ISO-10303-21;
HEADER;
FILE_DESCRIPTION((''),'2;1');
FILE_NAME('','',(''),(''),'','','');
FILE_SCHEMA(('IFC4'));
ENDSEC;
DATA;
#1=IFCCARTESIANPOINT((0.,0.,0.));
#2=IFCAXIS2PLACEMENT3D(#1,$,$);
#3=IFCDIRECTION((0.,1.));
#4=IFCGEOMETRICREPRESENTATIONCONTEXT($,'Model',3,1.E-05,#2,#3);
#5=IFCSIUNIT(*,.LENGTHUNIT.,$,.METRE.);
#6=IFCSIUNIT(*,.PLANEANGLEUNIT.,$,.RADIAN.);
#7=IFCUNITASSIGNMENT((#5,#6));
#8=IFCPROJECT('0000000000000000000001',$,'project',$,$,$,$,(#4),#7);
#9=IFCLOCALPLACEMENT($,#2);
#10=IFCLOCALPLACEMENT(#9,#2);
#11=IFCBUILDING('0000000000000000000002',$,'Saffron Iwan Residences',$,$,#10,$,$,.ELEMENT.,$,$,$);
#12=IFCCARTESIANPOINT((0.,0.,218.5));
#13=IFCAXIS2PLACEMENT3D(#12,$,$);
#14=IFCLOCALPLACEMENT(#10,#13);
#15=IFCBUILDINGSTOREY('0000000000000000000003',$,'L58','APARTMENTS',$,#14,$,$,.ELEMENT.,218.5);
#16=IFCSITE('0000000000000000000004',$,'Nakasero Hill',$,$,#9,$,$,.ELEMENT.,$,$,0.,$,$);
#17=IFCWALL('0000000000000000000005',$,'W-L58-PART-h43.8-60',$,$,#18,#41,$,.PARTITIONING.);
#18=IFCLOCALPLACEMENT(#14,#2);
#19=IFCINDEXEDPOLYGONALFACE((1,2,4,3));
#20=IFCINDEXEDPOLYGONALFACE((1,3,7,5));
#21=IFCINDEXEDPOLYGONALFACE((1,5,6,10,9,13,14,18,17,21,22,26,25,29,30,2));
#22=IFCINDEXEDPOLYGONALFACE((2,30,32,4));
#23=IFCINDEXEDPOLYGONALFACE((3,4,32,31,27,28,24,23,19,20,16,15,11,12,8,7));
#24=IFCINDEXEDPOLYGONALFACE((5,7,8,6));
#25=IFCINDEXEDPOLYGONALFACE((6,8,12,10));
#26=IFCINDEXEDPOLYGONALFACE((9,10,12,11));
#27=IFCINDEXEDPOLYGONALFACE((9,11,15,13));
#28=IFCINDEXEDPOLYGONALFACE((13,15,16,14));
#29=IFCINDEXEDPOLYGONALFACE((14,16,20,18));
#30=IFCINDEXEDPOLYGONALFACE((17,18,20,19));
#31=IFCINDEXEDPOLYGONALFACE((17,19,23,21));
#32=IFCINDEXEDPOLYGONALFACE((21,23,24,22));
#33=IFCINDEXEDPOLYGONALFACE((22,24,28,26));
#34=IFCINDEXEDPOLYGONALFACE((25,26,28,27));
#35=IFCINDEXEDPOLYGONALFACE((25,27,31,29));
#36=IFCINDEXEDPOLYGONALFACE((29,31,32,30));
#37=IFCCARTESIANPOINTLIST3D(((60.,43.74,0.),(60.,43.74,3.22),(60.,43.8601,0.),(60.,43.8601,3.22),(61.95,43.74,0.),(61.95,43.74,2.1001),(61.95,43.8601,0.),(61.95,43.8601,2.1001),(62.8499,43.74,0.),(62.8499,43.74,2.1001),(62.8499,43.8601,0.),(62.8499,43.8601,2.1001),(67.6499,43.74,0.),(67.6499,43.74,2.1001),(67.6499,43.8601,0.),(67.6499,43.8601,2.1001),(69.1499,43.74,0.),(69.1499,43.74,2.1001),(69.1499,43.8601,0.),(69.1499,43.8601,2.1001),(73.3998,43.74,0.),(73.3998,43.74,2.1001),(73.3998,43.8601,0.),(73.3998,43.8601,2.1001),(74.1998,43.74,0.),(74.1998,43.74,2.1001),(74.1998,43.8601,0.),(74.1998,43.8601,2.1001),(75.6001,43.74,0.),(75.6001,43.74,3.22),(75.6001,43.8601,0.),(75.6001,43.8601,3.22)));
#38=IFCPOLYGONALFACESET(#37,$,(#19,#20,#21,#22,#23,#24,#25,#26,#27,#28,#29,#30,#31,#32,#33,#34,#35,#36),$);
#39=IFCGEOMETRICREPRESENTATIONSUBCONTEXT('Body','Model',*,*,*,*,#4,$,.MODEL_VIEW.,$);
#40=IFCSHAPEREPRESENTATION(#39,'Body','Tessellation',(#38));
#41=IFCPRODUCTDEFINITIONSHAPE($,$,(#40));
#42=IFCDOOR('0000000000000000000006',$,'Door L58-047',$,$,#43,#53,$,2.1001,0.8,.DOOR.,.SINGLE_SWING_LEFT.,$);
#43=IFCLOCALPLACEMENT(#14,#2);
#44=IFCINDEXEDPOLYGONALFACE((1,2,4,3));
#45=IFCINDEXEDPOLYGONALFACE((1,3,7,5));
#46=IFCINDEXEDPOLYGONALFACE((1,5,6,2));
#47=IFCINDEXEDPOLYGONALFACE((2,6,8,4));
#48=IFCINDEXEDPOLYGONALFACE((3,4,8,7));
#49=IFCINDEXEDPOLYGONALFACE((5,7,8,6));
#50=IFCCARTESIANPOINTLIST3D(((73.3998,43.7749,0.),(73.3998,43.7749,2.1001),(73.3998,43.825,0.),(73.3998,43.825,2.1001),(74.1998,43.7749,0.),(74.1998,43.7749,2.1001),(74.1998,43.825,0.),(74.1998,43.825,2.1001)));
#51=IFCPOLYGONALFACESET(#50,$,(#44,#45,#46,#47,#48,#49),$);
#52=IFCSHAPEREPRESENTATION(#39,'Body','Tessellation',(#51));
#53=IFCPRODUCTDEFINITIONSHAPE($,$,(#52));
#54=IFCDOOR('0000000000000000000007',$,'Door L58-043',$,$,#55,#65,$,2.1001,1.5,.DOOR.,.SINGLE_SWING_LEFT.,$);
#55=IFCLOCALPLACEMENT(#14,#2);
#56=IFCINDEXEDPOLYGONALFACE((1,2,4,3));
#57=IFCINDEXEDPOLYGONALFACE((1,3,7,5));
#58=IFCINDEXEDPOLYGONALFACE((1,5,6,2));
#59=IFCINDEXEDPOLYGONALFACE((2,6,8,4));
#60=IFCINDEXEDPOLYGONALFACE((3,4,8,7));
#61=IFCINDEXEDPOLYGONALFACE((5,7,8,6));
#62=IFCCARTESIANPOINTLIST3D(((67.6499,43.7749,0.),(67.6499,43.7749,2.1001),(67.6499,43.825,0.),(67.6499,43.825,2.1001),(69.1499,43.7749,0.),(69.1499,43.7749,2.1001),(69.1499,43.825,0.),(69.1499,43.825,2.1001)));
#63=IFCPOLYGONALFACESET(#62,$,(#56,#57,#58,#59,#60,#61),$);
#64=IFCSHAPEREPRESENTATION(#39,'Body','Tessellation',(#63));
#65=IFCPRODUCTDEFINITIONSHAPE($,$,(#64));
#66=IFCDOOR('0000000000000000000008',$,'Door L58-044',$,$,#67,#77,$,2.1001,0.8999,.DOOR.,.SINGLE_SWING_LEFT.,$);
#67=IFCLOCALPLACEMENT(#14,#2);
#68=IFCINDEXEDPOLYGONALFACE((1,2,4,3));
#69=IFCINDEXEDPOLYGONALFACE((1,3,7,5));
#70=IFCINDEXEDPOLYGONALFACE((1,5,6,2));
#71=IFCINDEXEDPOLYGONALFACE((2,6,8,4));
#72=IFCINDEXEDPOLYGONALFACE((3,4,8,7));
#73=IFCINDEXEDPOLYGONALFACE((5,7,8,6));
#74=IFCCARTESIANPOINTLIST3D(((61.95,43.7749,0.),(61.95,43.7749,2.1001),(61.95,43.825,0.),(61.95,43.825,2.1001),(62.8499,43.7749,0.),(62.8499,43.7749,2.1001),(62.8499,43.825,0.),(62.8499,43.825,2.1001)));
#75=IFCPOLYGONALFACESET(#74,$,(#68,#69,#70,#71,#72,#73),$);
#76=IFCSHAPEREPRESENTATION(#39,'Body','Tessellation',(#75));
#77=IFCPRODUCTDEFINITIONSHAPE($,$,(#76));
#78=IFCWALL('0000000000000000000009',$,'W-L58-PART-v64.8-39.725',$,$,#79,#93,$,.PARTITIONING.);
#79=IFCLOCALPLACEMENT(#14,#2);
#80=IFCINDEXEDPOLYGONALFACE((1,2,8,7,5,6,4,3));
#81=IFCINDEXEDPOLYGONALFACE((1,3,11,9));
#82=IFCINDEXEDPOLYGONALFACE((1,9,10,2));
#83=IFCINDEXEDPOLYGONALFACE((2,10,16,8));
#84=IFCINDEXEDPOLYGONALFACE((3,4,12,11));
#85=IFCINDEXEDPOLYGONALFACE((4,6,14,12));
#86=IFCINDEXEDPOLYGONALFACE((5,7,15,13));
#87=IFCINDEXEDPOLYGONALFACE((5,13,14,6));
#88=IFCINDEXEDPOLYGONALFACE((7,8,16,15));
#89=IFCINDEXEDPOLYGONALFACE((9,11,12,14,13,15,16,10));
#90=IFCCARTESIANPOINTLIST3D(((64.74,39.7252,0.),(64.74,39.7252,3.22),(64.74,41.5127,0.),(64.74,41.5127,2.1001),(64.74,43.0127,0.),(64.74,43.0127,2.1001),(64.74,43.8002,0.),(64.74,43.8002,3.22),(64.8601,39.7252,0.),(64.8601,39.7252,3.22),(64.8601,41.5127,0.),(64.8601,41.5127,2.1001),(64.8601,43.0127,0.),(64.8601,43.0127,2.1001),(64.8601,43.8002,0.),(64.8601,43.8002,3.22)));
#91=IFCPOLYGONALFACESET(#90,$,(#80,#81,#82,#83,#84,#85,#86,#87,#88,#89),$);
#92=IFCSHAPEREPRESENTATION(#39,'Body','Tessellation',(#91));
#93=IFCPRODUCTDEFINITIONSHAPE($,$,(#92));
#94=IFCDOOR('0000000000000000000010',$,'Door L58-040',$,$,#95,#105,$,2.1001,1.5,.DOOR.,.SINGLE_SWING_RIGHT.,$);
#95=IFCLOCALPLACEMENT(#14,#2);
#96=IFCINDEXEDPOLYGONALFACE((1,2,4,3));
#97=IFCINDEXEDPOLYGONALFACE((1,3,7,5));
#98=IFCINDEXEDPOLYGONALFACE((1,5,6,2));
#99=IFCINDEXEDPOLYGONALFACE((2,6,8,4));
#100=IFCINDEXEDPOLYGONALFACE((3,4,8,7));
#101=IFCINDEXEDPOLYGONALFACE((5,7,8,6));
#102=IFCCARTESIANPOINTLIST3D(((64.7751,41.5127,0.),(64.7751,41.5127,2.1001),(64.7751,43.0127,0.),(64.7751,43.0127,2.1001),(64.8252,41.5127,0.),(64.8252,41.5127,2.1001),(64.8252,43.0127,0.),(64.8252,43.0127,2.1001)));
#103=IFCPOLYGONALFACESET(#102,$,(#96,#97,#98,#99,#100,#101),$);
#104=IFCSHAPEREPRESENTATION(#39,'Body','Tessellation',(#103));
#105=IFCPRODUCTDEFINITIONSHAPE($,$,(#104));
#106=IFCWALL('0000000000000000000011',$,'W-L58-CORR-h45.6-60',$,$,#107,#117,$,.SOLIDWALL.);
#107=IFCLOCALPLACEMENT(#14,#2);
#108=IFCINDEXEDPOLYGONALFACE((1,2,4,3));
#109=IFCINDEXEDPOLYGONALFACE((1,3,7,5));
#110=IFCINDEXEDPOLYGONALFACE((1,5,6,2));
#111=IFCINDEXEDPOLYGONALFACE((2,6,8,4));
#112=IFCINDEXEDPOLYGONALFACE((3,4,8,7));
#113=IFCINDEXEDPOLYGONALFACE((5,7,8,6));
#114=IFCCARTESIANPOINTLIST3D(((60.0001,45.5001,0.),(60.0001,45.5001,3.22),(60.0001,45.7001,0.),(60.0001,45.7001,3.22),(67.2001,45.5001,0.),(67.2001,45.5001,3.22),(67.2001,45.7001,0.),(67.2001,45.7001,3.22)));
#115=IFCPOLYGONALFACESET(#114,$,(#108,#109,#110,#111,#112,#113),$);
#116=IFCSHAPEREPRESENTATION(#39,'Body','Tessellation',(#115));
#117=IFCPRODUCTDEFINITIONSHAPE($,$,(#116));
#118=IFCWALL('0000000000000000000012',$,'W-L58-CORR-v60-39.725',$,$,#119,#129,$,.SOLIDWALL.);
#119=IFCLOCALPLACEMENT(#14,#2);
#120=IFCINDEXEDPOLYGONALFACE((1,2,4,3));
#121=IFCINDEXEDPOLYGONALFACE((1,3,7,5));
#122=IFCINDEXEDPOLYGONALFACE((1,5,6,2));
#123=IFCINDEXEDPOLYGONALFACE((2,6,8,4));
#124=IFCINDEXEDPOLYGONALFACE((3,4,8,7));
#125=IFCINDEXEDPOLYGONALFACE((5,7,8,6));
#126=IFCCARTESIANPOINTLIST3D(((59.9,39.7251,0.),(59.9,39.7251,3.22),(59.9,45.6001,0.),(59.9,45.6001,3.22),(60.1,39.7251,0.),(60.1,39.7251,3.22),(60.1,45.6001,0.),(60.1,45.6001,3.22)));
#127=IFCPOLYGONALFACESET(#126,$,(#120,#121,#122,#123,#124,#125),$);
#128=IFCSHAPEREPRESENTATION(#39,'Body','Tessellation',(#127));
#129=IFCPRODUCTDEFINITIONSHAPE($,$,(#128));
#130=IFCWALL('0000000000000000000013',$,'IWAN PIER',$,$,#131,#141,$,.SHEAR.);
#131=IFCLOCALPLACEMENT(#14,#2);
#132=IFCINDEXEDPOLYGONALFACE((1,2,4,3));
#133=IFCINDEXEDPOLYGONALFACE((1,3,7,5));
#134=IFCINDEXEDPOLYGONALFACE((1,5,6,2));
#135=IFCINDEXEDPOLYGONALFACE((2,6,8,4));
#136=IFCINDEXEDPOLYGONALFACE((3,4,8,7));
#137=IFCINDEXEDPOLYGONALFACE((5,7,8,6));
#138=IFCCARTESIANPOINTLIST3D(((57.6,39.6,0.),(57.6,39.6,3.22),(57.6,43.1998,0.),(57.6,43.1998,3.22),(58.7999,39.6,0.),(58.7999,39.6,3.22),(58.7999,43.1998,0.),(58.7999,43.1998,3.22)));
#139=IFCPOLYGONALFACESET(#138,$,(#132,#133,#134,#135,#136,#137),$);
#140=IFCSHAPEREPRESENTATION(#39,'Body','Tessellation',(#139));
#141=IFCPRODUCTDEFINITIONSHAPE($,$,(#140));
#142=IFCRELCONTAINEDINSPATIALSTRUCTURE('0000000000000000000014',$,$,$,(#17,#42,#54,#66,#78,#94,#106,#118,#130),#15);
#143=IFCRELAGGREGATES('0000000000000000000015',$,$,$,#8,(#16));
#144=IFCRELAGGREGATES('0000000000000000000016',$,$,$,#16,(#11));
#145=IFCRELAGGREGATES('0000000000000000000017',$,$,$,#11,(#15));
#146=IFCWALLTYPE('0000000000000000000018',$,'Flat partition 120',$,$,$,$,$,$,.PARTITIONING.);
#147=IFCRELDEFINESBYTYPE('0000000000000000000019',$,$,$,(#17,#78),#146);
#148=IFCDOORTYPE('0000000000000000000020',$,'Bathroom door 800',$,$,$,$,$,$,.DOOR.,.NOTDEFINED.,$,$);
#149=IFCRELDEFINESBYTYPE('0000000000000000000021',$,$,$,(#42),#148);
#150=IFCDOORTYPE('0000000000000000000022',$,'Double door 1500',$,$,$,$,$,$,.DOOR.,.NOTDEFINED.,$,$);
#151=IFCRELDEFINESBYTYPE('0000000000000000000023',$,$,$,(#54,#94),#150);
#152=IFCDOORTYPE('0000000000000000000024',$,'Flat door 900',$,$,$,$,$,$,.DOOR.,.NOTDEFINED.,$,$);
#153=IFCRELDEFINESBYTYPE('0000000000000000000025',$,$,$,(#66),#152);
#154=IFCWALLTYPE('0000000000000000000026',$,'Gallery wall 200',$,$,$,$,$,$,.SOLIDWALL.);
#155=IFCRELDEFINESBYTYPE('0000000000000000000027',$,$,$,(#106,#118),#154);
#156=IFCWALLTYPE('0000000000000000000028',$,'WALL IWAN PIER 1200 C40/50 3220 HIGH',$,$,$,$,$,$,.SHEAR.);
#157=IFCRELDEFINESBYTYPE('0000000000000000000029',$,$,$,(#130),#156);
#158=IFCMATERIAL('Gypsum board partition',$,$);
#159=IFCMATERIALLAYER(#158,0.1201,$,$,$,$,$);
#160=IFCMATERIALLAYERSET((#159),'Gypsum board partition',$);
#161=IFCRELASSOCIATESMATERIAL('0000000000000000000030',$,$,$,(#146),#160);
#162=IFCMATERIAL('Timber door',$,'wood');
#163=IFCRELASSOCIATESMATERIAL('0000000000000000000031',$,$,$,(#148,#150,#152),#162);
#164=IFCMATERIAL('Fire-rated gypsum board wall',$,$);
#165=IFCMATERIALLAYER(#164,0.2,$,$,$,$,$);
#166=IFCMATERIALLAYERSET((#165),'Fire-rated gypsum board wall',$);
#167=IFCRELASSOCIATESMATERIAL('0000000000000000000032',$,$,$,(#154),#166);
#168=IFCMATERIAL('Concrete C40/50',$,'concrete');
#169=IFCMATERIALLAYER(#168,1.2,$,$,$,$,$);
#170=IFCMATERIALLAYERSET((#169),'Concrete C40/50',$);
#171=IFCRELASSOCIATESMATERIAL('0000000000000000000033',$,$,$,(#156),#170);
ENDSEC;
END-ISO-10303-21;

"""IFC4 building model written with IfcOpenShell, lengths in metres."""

from ifc_helpers import new_model, si_unit, direction, frame, frame_2d, origin, place, context, subcontext, project, spatial, rectangle, extrude, material, layer, layer_set, type_object, element, fill, save


model = new_model("IFC4")

# Units and contexts
model_context = context("Model", 3, precision=1e-05, world=origin(), true_north=direction((0.0, 1.0)))
body_context = subcontext(model_context, "Body", "Model", "MODEL_VIEW")
ifc_project = project(units=[si_unit("LENGTHUNIT", "METRE"), si_unit("PLANEANGLEUNIT", "RADIAN")], contexts=[model_context])

# Site, building, storey
site_placement = place(None, origin())
site = spatial("IfcSite", under=ifc_project, at=site_placement, Name="Nakasero Hill", CompositionType="ELEMENT", RefElevation=0.0)
building_placement = place(site_placement, origin())
building = spatial("IfcBuilding", under=site, at=building_placement, Name="Saffron Iwan Residences", CompositionType="ELEMENT")
storey_placement = place(building_placement, frame((0.0, 0.0, 218.5)))
storey = spatial("IfcBuildingStorey", under=building, at=storey_placement, Name="L58", Description="APARTMENTS", CompositionType="ELEMENT", Elevation=218.5)

# Shared definitions
ifc_material_1 = material(Name="Concrete C40/50", Category="concrete")

# Wall, openings, doors
ifc_material_2 = material(Name="Gypsum board partition")
ifc_layer_1 = layer(ifc_material_2, 0.1201)
ifc_layer_set_1 = layer_set([ifc_layer_1], Name="Gypsum board partition")
wall_type_1 = type_object("IfcWallType", Name="Flat partition 120", PredefinedType="PARTITIONING", material=ifc_layer_set_1)
wall_1_placement = place(storey_placement, frame((60.0, 43.8, 0.0), z_axis=(0.0, 0.0, 1.0), x_axis=(1.0, 0.0, 0.0)))
wall_1 = element("IfcWall", 1, at=wall_1_placement, inside=storey, type_object=wall_type_1, Name="W-L58-PART-h43.8-60", PredefinedType="PARTITIONING", context=body_context, shape_type="SweptSolid", body=[
    extrude(rectangle(XDim=15.6001, YDim=0.1201, at=frame_2d((7.8, 0.0))), origin(), (0.0, 0.0, 1.0), 3.22),
])
opening_1_placement = place(wall_1_placement, frame((7.6499, 0.0, 0.0)))
opening_1 = element("IfcOpeningElement", 2, at=opening_1_placement, cuts=wall_1, PredefinedType="OPENING", context=body_context, shape_type="SweptSolid", body=[
    extrude(rectangle(XDim=1.5, YDim=2.1001, at=frame_2d((0.75, 1.05))), frame((0.0, 0.0701, 0.0), z_axis=(0.0, -1.0, 0.0), x_axis=(1.0, 0.0, 0.0)), (0.0, 0.0, 1.0), 0.1401),
])
opening_2_placement = place(wall_1_placement, frame((1.95, 0.0, 0.0)))
opening_2 = element("IfcOpeningElement", 3, at=opening_2_placement, cuts=wall_1, PredefinedType="OPENING", context=body_context, shape_type="SweptSolid", body=[
    extrude(rectangle(XDim=0.8999, YDim=2.1001, at=frame_2d((0.45, 1.05))), frame((0.0, 0.0701, 0.0), z_axis=(0.0, -1.0, 0.0), x_axis=(1.0, 0.0, 0.0)), (0.0, 0.0, 1.0), 0.1401),
])
opening_3_placement = place(wall_1_placement, frame((13.3999, 0.0, 0.0)))
opening_3 = element("IfcOpeningElement", 4, at=opening_3_placement, cuts=wall_1, PredefinedType="OPENING", context=body_context, shape_type="SweptSolid", body=[
    extrude(rectangle(XDim=0.8, YDim=2.1001, at=frame_2d((0.3999, 1.05))), frame((0.0, 0.0701, 0.0), z_axis=(0.0, -1.0, 0.0), x_axis=(1.0, 0.0, 0.0)), (0.0, 0.0, 1.0), 0.1401),
])
ifc_material_3 = material(Name="Timber door", Category="wood")
door_type_1 = type_object("IfcDoorType", Name="Bathroom door 800", OperationType="NOTDEFINED", PredefinedType="DOOR", material=ifc_material_3)
door_1_placement = place(opening_3_placement, origin())
door_1 = element("IfcDoor", 5, at=door_1_placement, inside=storey, type_object=door_type_1, Name="Door L58-047", OperationType="SINGLE_SWING_LEFT", OverallHeight=2.1001, OverallWidth=0.8, PredefinedType="DOOR", context=body_context, shape_type="SweptSolid", body=[
    extrude(rectangle(XDim=0.8, YDim=2.1001, at=frame_2d((0.3999, 1.05))), frame((0.0, 0.0249, 0.0), z_axis=(0.0, -1.0, 0.0), x_axis=(1.0, 0.0, 0.0)), (0.0, 0.0, 1.0), 0.05),
])
fill(opening_3, door_1)
door_type_2 = type_object("IfcDoorType", Name="Double door 1500", OperationType="NOTDEFINED", PredefinedType="DOOR", material=ifc_material_3)
door_2_placement = place(opening_1_placement, origin())
door_2 = element("IfcDoor", 6, at=door_2_placement, inside=storey, type_object=door_type_2, Name="Door L58-043", OperationType="SINGLE_SWING_LEFT", OverallHeight=2.1001, OverallWidth=1.5, PredefinedType="DOOR", context=body_context, shape_type="SweptSolid", body=[
    extrude(rectangle(XDim=1.5, YDim=2.1001, at=frame_2d((0.75, 1.05))), frame((0.0, 0.0249, 0.0), z_axis=(0.0, -1.0, 0.0), x_axis=(1.0, 0.0, 0.0)), (0.0, 0.0, 1.0), 0.05),
])
fill(opening_1, door_2)
door_type_3 = type_object("IfcDoorType", Name="Flat door 900", OperationType="NOTDEFINED", PredefinedType="DOOR", material=ifc_material_3)
door_3_placement = place(opening_2_placement, origin())
door_3 = element("IfcDoor", 7, at=door_3_placement, inside=storey, type_object=door_type_3, Name="Door L58-044", OperationType="SINGLE_SWING_LEFT", OverallHeight=2.1001, OverallWidth=0.8999, PredefinedType="DOOR", context=body_context, shape_type="SweptSolid", body=[
    extrude(rectangle(XDim=0.8999, YDim=2.1001, at=frame_2d((0.45, 1.05))), frame((0.0, 0.0249, 0.0), z_axis=(0.0, -1.0, 0.0), x_axis=(1.0, 0.0, 0.0)), (0.0, 0.0, 1.0), 0.05),
])
fill(opening_2, door_3)

# Wall, opening, door
wall_2_placement = place(storey_placement, frame((64.8, 39.7251, 0.0), z_axis=(0.0, 0.0, 1.0), x_axis=(0.0, 1.0, 0.0)))
wall_2 = element("IfcWall", 8, at=wall_2_placement, inside=storey, type_object=wall_type_1, Name="W-L58-PART-v64.8-39.725", PredefinedType="PARTITIONING", context=body_context, shape_type="SweptSolid", body=[
    extrude(rectangle(XDim=4.075, YDim=0.1201, at=frame_2d((2.0376, 0.0))), origin(), (0.0, 0.0, 1.0), 3.22),
])
opening_4_placement = place(wall_2_placement, frame((1.7876, 0.0, 0.0)))
opening_4 = element("IfcOpeningElement", 9, at=opening_4_placement, cuts=wall_2, PredefinedType="OPENING", context=body_context, shape_type="SweptSolid", body=[
    extrude(rectangle(XDim=1.5, YDim=2.1001, at=frame_2d((0.75, 1.05))), frame((0.0, 0.0701, 0.0), z_axis=(0.0, -1.0, 0.0), x_axis=(1.0, 0.0, 0.0)), (0.0, 0.0, 1.0), 0.1401),
])
door_4_placement = place(opening_4_placement, origin())
door_4 = element("IfcDoor", 10, at=door_4_placement, inside=storey, type_object=door_type_2, Name="Door L58-040", OperationType="SINGLE_SWING_RIGHT", OverallHeight=2.1001, OverallWidth=1.5, PredefinedType="DOOR", context=body_context, shape_type="SweptSolid", body=[
    extrude(rectangle(XDim=1.5, YDim=2.1001, at=frame_2d((0.75, 1.05))), frame((0.0, 0.0249, 0.0), z_axis=(0.0, -1.0, 0.0), x_axis=(1.0, 0.0, 0.0)), (0.0, 0.0, 1.0), 0.05),
])
fill(opening_4, door_4)

# Walls
ifc_material_4 = material(Name="Fire-rated gypsum board wall")
ifc_layer_2 = layer(ifc_material_4, 0.2)
ifc_layer_set_2 = layer_set([ifc_layer_2], Name="Fire-rated gypsum board wall")
wall_type_2 = type_object("IfcWallType", Name="Gallery wall 200", PredefinedType="SOLIDWALL", material=ifc_layer_set_2)
wall_3_placement = place(storey_placement, frame((60.0, 45.6001, 0.0), z_axis=(0.0, 0.0, 1.0), x_axis=(1.0, 0.0, 0.0)))
element("IfcWall", 11, at=wall_3_placement, inside=storey, type_object=wall_type_2, Name="W-L58-CORR-h45.6-60", PredefinedType="SOLIDWALL", context=body_context, shape_type="SweptSolid", body=[
    extrude(rectangle(XDim=7.2, YDim=0.2, at=frame_2d((3.6001, 0.0))), origin(), (0.0, 0.0, 1.0), 3.22),
])
wall_4_placement = place(storey_placement, frame((60.0, 39.7251, 0.0), z_axis=(0.0, 0.0, 1.0), x_axis=(0.0, 1.0, 0.0)))
element("IfcWall", 12, at=wall_4_placement, inside=storey, type_object=wall_type_2, Name="W-L58-CORR-v60-39.725", PredefinedType="SOLIDWALL", context=body_context, shape_type="SweptSolid", body=[
    extrude(rectangle(XDim=5.875, YDim=0.2, at=frame_2d((2.9375, 0.0))), origin(), (0.0, 0.0, 1.0), 3.22),
])
ifc_layer_3 = layer(ifc_material_1, 1.2)
ifc_layer_set_3 = layer_set([ifc_layer_3], Name="Concrete C40/50")
wall_type_3 = type_object("IfcWallType", Name="WALL IWAN PIER 1200 C40/50 3220 HIGH", PredefinedType="SHEAR", material=ifc_layer_set_3)
wall_5_placement = place(storey_placement, frame((58.2, 39.6001, 0.0), z_axis=(0.0, 0.0, 1.0), x_axis=(0.0, 1.0, 0.0)))
element("IfcWall", 13, at=wall_5_placement, inside=storey, type_object=wall_type_3, Name="IWAN PIER", PredefinedType="SHEAR", context=body_context, shape_type="SweptSolid", body=[
    extrude(rectangle(XDim=3.5999, YDim=1.2, at=frame_2d((1.7998, 0.0))), origin(), (0.0, 0.0, 1.0), 3.22),
])

save(model, "model.ifc")
